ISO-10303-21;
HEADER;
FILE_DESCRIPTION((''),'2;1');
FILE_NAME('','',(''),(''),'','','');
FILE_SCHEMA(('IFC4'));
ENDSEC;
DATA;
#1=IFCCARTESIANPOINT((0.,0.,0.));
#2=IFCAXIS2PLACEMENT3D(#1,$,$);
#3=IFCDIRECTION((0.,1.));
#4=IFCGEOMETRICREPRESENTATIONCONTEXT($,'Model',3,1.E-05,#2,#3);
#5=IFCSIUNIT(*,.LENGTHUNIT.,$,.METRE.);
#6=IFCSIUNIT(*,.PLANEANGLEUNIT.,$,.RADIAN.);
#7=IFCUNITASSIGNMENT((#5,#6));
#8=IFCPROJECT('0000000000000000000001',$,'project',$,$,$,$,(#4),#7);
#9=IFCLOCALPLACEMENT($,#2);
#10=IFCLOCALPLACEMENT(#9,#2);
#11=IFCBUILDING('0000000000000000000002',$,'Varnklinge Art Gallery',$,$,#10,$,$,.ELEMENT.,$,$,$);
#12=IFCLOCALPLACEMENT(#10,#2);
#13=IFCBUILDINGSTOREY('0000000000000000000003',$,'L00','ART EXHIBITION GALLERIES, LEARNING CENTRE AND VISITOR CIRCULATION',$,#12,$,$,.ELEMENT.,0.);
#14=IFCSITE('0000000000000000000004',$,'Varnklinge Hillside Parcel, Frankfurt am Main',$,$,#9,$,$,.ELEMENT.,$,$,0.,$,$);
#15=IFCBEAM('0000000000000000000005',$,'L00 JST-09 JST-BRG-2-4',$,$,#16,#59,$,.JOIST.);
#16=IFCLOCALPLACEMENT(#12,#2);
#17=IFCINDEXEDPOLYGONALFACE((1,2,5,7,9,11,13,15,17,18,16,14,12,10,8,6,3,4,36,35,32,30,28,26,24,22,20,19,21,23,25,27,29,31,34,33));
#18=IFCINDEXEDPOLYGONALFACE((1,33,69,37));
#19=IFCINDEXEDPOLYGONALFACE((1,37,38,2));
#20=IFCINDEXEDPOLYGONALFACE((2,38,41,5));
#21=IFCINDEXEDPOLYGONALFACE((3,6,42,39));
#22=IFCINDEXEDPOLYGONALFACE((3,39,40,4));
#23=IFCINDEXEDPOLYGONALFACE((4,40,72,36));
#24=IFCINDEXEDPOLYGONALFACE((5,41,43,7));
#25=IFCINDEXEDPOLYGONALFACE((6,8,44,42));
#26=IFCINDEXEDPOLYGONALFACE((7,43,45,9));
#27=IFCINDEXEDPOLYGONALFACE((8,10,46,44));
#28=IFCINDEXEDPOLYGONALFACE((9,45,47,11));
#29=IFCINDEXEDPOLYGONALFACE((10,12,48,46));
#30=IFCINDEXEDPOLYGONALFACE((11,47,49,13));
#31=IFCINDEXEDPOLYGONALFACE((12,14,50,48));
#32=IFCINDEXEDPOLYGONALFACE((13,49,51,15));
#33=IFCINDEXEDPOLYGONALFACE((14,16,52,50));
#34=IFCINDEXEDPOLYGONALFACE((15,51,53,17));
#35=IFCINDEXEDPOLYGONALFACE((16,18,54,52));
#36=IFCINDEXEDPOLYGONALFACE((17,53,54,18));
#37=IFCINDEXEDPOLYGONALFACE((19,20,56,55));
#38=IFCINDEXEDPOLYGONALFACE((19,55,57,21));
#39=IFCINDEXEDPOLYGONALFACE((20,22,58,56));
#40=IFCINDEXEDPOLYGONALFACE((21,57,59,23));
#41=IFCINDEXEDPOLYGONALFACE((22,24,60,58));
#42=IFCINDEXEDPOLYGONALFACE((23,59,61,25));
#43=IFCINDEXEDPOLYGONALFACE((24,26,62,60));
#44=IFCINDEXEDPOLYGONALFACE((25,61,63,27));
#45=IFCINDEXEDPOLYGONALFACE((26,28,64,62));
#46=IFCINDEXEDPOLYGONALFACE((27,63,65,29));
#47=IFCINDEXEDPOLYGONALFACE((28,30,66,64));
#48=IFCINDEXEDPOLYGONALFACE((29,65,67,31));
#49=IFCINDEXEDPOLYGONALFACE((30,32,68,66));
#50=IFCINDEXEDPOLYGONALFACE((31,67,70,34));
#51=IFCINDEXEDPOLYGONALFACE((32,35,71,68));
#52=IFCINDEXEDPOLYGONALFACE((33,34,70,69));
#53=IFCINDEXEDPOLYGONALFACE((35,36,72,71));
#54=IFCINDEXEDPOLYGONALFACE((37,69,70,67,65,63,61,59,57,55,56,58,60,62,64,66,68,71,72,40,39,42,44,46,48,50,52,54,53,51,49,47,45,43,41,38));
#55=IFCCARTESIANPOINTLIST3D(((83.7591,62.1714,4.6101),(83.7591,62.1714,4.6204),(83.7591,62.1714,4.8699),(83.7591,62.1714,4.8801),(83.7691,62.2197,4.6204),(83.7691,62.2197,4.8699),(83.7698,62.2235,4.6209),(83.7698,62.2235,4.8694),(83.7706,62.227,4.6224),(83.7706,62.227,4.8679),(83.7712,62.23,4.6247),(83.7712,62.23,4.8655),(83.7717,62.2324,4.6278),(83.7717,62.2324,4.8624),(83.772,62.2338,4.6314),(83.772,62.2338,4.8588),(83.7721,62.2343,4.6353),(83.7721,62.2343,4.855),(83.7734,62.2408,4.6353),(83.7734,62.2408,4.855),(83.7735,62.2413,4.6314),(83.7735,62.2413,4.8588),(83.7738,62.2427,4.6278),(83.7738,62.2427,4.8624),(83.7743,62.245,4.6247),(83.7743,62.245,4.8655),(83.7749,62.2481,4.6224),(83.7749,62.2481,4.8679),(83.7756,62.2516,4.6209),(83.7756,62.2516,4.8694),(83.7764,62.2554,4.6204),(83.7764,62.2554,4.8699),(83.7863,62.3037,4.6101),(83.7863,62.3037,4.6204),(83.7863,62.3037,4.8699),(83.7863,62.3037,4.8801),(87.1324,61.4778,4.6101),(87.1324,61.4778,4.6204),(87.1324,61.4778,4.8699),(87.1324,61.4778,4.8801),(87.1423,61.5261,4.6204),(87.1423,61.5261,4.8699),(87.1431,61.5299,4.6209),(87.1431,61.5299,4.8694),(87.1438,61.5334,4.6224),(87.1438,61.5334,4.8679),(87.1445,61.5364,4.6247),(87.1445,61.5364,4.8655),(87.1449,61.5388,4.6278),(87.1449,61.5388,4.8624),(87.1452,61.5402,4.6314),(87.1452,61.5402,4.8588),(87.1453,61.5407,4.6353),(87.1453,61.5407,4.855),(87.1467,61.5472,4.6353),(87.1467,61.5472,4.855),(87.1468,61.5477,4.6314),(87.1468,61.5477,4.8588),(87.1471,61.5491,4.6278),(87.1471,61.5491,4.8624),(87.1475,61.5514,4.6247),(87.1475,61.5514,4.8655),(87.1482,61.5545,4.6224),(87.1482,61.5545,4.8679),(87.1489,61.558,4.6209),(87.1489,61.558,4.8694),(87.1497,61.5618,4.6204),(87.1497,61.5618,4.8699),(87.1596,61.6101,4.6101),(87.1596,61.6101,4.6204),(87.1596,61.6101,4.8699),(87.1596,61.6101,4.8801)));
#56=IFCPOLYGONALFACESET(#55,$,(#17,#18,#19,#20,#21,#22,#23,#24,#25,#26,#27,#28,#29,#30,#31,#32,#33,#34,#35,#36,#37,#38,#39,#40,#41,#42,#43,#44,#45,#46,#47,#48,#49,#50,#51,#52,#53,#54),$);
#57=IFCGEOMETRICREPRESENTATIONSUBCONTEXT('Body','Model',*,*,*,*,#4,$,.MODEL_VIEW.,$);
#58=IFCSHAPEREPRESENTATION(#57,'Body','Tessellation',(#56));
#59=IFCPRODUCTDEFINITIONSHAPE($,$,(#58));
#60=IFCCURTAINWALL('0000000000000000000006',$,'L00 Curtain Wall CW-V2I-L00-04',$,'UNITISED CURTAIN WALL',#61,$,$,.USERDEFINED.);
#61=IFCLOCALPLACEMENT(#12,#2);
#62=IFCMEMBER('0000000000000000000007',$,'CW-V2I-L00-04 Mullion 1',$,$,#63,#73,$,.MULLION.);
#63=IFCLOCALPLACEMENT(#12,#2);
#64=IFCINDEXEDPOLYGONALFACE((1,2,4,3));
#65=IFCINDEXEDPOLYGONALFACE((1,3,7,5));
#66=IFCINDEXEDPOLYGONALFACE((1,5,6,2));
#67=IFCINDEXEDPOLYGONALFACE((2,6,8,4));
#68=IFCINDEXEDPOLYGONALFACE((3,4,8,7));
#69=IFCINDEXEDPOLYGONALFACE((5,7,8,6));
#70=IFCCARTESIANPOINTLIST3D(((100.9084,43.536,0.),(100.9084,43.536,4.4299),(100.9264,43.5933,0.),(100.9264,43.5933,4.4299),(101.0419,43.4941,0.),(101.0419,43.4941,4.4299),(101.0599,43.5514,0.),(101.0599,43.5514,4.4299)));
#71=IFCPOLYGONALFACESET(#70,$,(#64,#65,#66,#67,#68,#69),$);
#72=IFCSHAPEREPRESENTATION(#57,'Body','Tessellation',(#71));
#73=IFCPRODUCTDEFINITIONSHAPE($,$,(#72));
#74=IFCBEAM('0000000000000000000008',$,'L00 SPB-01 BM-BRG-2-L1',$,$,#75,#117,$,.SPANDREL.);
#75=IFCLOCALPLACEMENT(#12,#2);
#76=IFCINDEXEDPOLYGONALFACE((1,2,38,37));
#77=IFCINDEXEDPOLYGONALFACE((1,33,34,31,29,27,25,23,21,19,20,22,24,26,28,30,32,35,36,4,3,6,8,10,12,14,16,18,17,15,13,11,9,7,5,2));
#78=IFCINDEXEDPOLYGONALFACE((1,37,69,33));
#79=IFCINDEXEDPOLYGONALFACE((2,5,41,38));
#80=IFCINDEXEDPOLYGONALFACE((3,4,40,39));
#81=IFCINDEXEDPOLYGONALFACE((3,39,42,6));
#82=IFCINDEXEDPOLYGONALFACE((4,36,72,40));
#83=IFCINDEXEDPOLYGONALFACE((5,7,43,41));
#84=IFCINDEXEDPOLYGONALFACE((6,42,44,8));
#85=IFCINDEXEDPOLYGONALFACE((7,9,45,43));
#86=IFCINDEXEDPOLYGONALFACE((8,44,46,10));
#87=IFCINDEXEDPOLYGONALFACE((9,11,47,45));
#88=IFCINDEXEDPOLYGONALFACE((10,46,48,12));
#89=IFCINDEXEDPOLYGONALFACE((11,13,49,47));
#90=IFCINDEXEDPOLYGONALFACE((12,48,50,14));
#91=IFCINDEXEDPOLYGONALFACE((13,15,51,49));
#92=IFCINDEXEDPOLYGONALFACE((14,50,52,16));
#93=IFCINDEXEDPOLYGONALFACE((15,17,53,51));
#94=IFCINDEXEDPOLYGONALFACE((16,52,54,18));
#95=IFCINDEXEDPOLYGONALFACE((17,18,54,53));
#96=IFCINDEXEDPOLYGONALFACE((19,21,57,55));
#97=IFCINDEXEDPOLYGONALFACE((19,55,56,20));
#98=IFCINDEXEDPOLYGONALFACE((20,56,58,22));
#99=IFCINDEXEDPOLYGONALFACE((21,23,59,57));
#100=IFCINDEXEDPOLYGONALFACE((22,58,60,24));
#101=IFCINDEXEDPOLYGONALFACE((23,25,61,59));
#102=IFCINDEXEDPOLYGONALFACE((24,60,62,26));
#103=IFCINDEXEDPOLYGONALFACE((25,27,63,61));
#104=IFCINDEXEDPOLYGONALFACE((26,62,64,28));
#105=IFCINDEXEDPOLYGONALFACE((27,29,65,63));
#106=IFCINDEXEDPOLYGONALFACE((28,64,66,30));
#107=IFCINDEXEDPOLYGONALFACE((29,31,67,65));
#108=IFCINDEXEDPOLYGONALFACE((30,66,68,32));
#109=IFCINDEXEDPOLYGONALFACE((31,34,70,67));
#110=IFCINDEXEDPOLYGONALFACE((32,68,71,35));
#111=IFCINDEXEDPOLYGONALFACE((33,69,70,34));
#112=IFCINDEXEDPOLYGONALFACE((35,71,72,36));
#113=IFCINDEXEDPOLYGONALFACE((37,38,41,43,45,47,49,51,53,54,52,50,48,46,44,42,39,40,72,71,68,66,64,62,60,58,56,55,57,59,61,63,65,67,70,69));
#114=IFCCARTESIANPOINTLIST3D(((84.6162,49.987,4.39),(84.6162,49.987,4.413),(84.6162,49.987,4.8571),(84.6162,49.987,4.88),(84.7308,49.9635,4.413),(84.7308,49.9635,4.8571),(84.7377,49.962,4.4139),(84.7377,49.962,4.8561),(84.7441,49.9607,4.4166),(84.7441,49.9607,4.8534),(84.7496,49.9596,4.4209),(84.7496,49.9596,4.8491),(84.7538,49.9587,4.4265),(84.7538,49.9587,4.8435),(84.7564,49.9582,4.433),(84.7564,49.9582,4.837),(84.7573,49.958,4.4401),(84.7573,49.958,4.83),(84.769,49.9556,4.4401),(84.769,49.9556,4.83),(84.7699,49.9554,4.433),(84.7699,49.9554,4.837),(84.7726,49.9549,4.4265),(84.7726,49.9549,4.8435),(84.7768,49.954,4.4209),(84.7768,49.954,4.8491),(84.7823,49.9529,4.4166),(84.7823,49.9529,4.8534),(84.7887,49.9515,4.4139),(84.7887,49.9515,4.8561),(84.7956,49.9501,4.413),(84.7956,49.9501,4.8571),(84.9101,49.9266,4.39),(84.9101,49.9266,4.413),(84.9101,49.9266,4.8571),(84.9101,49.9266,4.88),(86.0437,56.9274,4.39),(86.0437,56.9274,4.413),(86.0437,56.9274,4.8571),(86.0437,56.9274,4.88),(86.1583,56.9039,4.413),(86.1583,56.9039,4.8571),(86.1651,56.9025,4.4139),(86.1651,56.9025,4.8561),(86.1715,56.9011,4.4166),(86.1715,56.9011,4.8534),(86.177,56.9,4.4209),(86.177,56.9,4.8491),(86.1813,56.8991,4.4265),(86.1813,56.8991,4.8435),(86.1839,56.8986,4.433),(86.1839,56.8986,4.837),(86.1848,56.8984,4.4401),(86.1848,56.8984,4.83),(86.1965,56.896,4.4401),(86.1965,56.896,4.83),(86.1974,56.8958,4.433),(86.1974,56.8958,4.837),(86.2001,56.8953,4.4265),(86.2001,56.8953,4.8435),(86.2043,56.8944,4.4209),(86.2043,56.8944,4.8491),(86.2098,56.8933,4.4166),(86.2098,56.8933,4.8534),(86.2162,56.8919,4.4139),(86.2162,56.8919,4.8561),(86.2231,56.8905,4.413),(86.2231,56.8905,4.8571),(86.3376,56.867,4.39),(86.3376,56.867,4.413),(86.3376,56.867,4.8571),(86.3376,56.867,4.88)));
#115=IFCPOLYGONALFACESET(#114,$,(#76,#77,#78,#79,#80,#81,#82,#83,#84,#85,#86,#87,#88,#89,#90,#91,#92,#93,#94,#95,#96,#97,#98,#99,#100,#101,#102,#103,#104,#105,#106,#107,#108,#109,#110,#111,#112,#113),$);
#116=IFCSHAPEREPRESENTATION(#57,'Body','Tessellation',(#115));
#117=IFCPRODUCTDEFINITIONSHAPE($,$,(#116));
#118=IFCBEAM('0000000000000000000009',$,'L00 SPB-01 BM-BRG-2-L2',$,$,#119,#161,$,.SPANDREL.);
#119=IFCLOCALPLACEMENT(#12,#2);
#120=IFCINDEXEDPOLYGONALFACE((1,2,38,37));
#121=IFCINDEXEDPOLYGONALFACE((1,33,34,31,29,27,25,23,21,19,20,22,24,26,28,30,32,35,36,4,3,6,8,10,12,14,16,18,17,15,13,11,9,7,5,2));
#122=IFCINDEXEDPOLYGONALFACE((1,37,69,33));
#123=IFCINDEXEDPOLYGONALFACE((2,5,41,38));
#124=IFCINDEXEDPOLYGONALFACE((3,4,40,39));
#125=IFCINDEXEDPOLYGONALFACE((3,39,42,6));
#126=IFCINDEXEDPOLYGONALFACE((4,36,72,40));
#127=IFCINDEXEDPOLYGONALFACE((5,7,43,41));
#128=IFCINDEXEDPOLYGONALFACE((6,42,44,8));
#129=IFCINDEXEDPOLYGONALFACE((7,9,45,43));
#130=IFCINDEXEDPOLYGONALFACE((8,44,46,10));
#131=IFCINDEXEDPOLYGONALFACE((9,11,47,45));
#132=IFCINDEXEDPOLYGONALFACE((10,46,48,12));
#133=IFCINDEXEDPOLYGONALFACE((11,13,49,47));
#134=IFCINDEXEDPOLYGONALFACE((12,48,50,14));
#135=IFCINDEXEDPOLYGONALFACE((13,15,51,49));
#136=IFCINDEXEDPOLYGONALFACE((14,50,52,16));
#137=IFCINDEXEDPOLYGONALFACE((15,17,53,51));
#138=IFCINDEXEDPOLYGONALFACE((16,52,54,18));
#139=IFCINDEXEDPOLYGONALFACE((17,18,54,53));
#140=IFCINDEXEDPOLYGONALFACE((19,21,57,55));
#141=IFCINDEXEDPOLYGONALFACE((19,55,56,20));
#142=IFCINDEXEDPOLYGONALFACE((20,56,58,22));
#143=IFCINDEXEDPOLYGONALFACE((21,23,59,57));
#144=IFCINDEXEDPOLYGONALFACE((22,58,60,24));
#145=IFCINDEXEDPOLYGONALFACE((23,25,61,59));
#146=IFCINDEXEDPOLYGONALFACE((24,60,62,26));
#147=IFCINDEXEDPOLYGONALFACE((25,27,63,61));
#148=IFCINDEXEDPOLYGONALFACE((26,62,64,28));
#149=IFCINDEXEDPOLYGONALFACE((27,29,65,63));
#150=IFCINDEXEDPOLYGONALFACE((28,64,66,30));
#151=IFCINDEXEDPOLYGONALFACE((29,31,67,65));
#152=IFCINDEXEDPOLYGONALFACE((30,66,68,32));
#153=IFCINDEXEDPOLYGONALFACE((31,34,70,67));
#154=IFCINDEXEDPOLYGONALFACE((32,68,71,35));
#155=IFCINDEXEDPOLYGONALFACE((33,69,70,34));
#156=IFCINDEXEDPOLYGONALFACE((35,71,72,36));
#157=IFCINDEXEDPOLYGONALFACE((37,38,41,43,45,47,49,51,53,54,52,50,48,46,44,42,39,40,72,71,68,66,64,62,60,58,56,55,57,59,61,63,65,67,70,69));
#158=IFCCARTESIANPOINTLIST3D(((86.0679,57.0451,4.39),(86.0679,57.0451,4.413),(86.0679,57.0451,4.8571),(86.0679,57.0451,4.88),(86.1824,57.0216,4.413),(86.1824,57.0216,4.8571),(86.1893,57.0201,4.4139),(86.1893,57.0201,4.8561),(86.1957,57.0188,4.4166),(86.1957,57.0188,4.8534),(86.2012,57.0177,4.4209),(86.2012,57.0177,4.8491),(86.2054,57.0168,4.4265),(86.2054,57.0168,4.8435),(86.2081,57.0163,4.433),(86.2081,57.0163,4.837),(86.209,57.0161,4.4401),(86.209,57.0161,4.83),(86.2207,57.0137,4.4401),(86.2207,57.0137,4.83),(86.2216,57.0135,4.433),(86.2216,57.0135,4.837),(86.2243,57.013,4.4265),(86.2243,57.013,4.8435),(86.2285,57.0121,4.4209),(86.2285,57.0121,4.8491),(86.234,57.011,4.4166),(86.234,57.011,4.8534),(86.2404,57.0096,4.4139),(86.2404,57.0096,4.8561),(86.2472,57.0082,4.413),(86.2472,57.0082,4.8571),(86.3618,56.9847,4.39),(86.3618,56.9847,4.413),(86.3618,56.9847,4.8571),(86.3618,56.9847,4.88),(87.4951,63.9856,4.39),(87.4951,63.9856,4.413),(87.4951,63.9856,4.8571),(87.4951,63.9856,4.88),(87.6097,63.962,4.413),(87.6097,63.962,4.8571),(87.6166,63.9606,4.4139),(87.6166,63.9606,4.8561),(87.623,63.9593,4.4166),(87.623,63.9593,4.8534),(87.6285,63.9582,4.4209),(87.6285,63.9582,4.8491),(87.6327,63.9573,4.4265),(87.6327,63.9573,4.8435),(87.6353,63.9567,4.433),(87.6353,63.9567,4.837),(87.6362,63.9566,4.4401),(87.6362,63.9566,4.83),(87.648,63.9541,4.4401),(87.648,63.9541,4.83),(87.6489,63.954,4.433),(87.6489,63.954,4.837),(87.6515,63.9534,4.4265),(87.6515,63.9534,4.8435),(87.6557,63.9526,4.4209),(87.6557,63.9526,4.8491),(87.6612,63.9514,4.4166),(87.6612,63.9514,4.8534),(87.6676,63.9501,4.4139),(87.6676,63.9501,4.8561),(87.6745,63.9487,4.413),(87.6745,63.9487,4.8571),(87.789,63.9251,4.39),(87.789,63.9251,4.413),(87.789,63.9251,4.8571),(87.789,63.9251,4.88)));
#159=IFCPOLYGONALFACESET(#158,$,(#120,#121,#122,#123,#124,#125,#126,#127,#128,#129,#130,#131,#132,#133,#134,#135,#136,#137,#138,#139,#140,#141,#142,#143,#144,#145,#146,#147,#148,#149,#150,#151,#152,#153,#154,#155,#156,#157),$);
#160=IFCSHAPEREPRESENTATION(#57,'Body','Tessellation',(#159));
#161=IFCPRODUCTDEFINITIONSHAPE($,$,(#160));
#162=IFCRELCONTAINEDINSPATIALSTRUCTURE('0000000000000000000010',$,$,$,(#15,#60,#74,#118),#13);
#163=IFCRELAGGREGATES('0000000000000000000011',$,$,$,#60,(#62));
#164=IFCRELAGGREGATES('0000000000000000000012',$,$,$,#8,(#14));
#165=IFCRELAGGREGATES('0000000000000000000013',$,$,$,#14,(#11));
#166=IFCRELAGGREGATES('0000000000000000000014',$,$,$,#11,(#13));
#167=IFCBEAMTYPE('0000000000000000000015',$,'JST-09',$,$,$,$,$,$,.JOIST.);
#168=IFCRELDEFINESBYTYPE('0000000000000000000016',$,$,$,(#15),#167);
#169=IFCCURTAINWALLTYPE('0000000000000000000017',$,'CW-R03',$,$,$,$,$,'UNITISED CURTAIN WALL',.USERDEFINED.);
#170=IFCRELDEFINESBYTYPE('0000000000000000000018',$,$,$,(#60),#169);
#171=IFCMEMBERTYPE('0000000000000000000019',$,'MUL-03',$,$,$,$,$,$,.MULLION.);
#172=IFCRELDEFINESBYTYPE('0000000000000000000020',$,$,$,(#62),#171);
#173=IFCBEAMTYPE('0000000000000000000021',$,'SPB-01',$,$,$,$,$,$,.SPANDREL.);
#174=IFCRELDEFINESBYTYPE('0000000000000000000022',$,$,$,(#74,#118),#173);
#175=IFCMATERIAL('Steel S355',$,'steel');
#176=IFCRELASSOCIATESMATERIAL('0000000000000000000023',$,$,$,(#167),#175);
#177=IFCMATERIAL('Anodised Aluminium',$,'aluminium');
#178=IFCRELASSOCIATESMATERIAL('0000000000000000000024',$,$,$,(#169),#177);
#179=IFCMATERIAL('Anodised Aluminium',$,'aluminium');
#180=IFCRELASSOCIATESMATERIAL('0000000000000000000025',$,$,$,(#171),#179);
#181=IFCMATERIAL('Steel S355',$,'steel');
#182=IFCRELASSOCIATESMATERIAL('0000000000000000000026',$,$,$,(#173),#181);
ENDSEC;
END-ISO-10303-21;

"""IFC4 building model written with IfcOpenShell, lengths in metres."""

from ifc_helpers import new_model, si_unit, direction, frame, origin, origin_2d, place, context, subcontext, project, spatial, rectangle, i_section, extrude, material, material_profile, profile_set, type_object, element, aggregate, save


model = new_model("IFC4")

# Units and contexts
model_context = context("Model", 3, precision=1e-05, world=origin(), true_north=direction((0.0, 1.0)))
body_context = subcontext(model_context, "Body", "Model", "MODEL_VIEW")
ifc_project = project(units=[si_unit("LENGTHUNIT", "METRE"), si_unit("PLANEANGLEUNIT", "RADIAN")], contexts=[model_context])

# Site, building, storey
site_placement = place(None, origin())
site = spatial("IfcSite", under=ifc_project, at=site_placement, Name="Varnklinge Hillside Parcel, Frankfurt am Main", CompositionType="ELEMENT", RefElevation=0.0)
building_placement = place(site_placement, origin())
building = spatial("IfcBuilding", under=site, at=building_placement, Name="Varnklinge Art Gallery", CompositionType="ELEMENT")
storey_placement = place(building_placement, origin())
storey = spatial("IfcBuildingStorey", under=building, at=storey_placement, Name="L00", Description="ART EXHIBITION GALLERIES, LEARNING CENTRE AND VISITOR CIRCULATION", CompositionType="ELEMENT", Elevation=0.0)

# Beam
ifc_material_1 = material(Name="Steel S355", Category="steel")
ifc_material_profile_1 = material_profile(ifc_material_1, i_section(OverallWidth=0.135, OverallDepth=0.27, WebThickness=0.0066, FlangeThickness=0.0103, FilletRadius=0.0149, at=origin_2d()), Name="IPE 270")
ifc_profile_set_1 = profile_set([ifc_material_profile_1], Name="Steel S355")
beam_type_1 = type_object("IfcBeamType", Name="JST-09", PredefinedType="JOIST", material=ifc_profile_set_1)
beam_1_placement = place(storey_placement, frame((87.146, 61.5439, 4.7451), z_axis=(-0.979508, 0.201403, 0.0), x_axis=(-0.201403, -0.979508, 0.0)))
element("IfcBeam", 1, at=beam_1_placement, inside=storey, type_object=beam_type_1, Name="L00 JST-09 JST-BRG-2-4", PredefinedType="JOIST", context=body_context, shape_type="SweptSolid", body=[
    extrude(i_section(OverallWidth=0.135, OverallDepth=0.27, WebThickness=0.0066, FlangeThickness=0.0103, FilletRadius=0.0149, at=origin_2d()), origin(), (0.0, 0.0, 1.0), 3.4438),
])

# Curtain wall, member
ifc_material_2 = material(Name="Anodised Aluminium", Category="aluminium")
curtain_wall_type = type_object("IfcCurtainWallType", Name="CW-R03", ElementType="UNITISED CURTAIN WALL", PredefinedType="USERDEFINED", material=ifc_material_2)
curtain_wall_placement = place(storey_placement, origin())
curtain_wall = element("IfcCurtainWall", 2, at=curtain_wall_placement, inside=storey, type_object=curtain_wall_type, Name="L00 Curtain Wall CW-V2I-L00-04", ObjectType="UNITISED CURTAIN WALL", PredefinedType="USERDEFINED")
ifc_material_3 = material(Name="Anodised Aluminium", Category="aluminium")
ifc_material_profile_2 = material_profile(ifc_material_3, rectangle(XDim=0.0601, YDim=0.1399, at=origin_2d()), Name="ALU 60x140")
ifc_profile_set_2 = profile_set([ifc_material_profile_2], Name="Anodised Aluminium")
member_type_1 = type_object("IfcMemberType", Name="MUL-03", PredefinedType="MULLION", material=ifc_profile_set_2)
member_1_placement = place(storey_placement, frame((100.9841, 43.5437, 0.0), z_axis=(0.0, 0.0, 1.0), x_axis=(-0.299707, -0.954031, 0.0)))
member_1 = element("IfcMember", 3, at=member_1_placement, type_object=member_type_1, Name="CW-V2I-L00-04 Mullion 1", PredefinedType="MULLION", context=body_context, shape_type="SweptSolid", body=[
    extrude(rectangle(XDim=0.0601, YDim=0.1399, at=origin_2d()), origin(), (0.0, 0.0, 1.0), 4.4299),
])

# Beams
ifc_material_4 = material(Name="Steel S355", Category="steel")
ifc_material_profile_3 = material_profile(ifc_material_4, i_section(OverallWidth=0.3, OverallDepth=0.49, WebThickness=0.012, FlangeThickness=0.0229, FilletRadius=0.0271, at=origin_2d()), Name="HEA 500")
ifc_profile_set_3 = profile_set([ifc_material_profile_3], Name="Steel S355")
beam_type_2 = type_object("IfcBeamType", Name="SPB-01", PredefinedType="SPANDREL", material=ifc_profile_set_3)
for number, where, z_axis, x_axis, name in (
    (4, (84.7632, 49.9568, 4.635), (0.20146, 0.979497, 0.0), (-0.979497, 0.20146, 0.0), "L00 SPB-01 BM-BRG-2-L1"),
    (5, (86.2148, 57.0149, 4.635), (0.201427, 0.979503, 0.0), (-0.979503, 0.201427, 0.0), "L00 SPB-01 BM-BRG-2-L2"),
):
    element("IfcBeam", number, at=place(storey_placement, frame(where, z_axis=z_axis, x_axis=x_axis)), inside=storey, type_object=beam_type_2, Name=name, PredefinedType="SPANDREL", context=body_context, shape_type="SweptSolid", body=[
        extrude(i_section(OverallWidth=0.3, OverallDepth=0.49, WebThickness=0.012, FlangeThickness=0.0229, FilletRadius=0.0271, at=origin_2d()), origin(), (0.0, 0.0, 1.0), 7.0857),
    ])

aggregate(curtain_wall, [member_1])

save(model, "model.ifc")
